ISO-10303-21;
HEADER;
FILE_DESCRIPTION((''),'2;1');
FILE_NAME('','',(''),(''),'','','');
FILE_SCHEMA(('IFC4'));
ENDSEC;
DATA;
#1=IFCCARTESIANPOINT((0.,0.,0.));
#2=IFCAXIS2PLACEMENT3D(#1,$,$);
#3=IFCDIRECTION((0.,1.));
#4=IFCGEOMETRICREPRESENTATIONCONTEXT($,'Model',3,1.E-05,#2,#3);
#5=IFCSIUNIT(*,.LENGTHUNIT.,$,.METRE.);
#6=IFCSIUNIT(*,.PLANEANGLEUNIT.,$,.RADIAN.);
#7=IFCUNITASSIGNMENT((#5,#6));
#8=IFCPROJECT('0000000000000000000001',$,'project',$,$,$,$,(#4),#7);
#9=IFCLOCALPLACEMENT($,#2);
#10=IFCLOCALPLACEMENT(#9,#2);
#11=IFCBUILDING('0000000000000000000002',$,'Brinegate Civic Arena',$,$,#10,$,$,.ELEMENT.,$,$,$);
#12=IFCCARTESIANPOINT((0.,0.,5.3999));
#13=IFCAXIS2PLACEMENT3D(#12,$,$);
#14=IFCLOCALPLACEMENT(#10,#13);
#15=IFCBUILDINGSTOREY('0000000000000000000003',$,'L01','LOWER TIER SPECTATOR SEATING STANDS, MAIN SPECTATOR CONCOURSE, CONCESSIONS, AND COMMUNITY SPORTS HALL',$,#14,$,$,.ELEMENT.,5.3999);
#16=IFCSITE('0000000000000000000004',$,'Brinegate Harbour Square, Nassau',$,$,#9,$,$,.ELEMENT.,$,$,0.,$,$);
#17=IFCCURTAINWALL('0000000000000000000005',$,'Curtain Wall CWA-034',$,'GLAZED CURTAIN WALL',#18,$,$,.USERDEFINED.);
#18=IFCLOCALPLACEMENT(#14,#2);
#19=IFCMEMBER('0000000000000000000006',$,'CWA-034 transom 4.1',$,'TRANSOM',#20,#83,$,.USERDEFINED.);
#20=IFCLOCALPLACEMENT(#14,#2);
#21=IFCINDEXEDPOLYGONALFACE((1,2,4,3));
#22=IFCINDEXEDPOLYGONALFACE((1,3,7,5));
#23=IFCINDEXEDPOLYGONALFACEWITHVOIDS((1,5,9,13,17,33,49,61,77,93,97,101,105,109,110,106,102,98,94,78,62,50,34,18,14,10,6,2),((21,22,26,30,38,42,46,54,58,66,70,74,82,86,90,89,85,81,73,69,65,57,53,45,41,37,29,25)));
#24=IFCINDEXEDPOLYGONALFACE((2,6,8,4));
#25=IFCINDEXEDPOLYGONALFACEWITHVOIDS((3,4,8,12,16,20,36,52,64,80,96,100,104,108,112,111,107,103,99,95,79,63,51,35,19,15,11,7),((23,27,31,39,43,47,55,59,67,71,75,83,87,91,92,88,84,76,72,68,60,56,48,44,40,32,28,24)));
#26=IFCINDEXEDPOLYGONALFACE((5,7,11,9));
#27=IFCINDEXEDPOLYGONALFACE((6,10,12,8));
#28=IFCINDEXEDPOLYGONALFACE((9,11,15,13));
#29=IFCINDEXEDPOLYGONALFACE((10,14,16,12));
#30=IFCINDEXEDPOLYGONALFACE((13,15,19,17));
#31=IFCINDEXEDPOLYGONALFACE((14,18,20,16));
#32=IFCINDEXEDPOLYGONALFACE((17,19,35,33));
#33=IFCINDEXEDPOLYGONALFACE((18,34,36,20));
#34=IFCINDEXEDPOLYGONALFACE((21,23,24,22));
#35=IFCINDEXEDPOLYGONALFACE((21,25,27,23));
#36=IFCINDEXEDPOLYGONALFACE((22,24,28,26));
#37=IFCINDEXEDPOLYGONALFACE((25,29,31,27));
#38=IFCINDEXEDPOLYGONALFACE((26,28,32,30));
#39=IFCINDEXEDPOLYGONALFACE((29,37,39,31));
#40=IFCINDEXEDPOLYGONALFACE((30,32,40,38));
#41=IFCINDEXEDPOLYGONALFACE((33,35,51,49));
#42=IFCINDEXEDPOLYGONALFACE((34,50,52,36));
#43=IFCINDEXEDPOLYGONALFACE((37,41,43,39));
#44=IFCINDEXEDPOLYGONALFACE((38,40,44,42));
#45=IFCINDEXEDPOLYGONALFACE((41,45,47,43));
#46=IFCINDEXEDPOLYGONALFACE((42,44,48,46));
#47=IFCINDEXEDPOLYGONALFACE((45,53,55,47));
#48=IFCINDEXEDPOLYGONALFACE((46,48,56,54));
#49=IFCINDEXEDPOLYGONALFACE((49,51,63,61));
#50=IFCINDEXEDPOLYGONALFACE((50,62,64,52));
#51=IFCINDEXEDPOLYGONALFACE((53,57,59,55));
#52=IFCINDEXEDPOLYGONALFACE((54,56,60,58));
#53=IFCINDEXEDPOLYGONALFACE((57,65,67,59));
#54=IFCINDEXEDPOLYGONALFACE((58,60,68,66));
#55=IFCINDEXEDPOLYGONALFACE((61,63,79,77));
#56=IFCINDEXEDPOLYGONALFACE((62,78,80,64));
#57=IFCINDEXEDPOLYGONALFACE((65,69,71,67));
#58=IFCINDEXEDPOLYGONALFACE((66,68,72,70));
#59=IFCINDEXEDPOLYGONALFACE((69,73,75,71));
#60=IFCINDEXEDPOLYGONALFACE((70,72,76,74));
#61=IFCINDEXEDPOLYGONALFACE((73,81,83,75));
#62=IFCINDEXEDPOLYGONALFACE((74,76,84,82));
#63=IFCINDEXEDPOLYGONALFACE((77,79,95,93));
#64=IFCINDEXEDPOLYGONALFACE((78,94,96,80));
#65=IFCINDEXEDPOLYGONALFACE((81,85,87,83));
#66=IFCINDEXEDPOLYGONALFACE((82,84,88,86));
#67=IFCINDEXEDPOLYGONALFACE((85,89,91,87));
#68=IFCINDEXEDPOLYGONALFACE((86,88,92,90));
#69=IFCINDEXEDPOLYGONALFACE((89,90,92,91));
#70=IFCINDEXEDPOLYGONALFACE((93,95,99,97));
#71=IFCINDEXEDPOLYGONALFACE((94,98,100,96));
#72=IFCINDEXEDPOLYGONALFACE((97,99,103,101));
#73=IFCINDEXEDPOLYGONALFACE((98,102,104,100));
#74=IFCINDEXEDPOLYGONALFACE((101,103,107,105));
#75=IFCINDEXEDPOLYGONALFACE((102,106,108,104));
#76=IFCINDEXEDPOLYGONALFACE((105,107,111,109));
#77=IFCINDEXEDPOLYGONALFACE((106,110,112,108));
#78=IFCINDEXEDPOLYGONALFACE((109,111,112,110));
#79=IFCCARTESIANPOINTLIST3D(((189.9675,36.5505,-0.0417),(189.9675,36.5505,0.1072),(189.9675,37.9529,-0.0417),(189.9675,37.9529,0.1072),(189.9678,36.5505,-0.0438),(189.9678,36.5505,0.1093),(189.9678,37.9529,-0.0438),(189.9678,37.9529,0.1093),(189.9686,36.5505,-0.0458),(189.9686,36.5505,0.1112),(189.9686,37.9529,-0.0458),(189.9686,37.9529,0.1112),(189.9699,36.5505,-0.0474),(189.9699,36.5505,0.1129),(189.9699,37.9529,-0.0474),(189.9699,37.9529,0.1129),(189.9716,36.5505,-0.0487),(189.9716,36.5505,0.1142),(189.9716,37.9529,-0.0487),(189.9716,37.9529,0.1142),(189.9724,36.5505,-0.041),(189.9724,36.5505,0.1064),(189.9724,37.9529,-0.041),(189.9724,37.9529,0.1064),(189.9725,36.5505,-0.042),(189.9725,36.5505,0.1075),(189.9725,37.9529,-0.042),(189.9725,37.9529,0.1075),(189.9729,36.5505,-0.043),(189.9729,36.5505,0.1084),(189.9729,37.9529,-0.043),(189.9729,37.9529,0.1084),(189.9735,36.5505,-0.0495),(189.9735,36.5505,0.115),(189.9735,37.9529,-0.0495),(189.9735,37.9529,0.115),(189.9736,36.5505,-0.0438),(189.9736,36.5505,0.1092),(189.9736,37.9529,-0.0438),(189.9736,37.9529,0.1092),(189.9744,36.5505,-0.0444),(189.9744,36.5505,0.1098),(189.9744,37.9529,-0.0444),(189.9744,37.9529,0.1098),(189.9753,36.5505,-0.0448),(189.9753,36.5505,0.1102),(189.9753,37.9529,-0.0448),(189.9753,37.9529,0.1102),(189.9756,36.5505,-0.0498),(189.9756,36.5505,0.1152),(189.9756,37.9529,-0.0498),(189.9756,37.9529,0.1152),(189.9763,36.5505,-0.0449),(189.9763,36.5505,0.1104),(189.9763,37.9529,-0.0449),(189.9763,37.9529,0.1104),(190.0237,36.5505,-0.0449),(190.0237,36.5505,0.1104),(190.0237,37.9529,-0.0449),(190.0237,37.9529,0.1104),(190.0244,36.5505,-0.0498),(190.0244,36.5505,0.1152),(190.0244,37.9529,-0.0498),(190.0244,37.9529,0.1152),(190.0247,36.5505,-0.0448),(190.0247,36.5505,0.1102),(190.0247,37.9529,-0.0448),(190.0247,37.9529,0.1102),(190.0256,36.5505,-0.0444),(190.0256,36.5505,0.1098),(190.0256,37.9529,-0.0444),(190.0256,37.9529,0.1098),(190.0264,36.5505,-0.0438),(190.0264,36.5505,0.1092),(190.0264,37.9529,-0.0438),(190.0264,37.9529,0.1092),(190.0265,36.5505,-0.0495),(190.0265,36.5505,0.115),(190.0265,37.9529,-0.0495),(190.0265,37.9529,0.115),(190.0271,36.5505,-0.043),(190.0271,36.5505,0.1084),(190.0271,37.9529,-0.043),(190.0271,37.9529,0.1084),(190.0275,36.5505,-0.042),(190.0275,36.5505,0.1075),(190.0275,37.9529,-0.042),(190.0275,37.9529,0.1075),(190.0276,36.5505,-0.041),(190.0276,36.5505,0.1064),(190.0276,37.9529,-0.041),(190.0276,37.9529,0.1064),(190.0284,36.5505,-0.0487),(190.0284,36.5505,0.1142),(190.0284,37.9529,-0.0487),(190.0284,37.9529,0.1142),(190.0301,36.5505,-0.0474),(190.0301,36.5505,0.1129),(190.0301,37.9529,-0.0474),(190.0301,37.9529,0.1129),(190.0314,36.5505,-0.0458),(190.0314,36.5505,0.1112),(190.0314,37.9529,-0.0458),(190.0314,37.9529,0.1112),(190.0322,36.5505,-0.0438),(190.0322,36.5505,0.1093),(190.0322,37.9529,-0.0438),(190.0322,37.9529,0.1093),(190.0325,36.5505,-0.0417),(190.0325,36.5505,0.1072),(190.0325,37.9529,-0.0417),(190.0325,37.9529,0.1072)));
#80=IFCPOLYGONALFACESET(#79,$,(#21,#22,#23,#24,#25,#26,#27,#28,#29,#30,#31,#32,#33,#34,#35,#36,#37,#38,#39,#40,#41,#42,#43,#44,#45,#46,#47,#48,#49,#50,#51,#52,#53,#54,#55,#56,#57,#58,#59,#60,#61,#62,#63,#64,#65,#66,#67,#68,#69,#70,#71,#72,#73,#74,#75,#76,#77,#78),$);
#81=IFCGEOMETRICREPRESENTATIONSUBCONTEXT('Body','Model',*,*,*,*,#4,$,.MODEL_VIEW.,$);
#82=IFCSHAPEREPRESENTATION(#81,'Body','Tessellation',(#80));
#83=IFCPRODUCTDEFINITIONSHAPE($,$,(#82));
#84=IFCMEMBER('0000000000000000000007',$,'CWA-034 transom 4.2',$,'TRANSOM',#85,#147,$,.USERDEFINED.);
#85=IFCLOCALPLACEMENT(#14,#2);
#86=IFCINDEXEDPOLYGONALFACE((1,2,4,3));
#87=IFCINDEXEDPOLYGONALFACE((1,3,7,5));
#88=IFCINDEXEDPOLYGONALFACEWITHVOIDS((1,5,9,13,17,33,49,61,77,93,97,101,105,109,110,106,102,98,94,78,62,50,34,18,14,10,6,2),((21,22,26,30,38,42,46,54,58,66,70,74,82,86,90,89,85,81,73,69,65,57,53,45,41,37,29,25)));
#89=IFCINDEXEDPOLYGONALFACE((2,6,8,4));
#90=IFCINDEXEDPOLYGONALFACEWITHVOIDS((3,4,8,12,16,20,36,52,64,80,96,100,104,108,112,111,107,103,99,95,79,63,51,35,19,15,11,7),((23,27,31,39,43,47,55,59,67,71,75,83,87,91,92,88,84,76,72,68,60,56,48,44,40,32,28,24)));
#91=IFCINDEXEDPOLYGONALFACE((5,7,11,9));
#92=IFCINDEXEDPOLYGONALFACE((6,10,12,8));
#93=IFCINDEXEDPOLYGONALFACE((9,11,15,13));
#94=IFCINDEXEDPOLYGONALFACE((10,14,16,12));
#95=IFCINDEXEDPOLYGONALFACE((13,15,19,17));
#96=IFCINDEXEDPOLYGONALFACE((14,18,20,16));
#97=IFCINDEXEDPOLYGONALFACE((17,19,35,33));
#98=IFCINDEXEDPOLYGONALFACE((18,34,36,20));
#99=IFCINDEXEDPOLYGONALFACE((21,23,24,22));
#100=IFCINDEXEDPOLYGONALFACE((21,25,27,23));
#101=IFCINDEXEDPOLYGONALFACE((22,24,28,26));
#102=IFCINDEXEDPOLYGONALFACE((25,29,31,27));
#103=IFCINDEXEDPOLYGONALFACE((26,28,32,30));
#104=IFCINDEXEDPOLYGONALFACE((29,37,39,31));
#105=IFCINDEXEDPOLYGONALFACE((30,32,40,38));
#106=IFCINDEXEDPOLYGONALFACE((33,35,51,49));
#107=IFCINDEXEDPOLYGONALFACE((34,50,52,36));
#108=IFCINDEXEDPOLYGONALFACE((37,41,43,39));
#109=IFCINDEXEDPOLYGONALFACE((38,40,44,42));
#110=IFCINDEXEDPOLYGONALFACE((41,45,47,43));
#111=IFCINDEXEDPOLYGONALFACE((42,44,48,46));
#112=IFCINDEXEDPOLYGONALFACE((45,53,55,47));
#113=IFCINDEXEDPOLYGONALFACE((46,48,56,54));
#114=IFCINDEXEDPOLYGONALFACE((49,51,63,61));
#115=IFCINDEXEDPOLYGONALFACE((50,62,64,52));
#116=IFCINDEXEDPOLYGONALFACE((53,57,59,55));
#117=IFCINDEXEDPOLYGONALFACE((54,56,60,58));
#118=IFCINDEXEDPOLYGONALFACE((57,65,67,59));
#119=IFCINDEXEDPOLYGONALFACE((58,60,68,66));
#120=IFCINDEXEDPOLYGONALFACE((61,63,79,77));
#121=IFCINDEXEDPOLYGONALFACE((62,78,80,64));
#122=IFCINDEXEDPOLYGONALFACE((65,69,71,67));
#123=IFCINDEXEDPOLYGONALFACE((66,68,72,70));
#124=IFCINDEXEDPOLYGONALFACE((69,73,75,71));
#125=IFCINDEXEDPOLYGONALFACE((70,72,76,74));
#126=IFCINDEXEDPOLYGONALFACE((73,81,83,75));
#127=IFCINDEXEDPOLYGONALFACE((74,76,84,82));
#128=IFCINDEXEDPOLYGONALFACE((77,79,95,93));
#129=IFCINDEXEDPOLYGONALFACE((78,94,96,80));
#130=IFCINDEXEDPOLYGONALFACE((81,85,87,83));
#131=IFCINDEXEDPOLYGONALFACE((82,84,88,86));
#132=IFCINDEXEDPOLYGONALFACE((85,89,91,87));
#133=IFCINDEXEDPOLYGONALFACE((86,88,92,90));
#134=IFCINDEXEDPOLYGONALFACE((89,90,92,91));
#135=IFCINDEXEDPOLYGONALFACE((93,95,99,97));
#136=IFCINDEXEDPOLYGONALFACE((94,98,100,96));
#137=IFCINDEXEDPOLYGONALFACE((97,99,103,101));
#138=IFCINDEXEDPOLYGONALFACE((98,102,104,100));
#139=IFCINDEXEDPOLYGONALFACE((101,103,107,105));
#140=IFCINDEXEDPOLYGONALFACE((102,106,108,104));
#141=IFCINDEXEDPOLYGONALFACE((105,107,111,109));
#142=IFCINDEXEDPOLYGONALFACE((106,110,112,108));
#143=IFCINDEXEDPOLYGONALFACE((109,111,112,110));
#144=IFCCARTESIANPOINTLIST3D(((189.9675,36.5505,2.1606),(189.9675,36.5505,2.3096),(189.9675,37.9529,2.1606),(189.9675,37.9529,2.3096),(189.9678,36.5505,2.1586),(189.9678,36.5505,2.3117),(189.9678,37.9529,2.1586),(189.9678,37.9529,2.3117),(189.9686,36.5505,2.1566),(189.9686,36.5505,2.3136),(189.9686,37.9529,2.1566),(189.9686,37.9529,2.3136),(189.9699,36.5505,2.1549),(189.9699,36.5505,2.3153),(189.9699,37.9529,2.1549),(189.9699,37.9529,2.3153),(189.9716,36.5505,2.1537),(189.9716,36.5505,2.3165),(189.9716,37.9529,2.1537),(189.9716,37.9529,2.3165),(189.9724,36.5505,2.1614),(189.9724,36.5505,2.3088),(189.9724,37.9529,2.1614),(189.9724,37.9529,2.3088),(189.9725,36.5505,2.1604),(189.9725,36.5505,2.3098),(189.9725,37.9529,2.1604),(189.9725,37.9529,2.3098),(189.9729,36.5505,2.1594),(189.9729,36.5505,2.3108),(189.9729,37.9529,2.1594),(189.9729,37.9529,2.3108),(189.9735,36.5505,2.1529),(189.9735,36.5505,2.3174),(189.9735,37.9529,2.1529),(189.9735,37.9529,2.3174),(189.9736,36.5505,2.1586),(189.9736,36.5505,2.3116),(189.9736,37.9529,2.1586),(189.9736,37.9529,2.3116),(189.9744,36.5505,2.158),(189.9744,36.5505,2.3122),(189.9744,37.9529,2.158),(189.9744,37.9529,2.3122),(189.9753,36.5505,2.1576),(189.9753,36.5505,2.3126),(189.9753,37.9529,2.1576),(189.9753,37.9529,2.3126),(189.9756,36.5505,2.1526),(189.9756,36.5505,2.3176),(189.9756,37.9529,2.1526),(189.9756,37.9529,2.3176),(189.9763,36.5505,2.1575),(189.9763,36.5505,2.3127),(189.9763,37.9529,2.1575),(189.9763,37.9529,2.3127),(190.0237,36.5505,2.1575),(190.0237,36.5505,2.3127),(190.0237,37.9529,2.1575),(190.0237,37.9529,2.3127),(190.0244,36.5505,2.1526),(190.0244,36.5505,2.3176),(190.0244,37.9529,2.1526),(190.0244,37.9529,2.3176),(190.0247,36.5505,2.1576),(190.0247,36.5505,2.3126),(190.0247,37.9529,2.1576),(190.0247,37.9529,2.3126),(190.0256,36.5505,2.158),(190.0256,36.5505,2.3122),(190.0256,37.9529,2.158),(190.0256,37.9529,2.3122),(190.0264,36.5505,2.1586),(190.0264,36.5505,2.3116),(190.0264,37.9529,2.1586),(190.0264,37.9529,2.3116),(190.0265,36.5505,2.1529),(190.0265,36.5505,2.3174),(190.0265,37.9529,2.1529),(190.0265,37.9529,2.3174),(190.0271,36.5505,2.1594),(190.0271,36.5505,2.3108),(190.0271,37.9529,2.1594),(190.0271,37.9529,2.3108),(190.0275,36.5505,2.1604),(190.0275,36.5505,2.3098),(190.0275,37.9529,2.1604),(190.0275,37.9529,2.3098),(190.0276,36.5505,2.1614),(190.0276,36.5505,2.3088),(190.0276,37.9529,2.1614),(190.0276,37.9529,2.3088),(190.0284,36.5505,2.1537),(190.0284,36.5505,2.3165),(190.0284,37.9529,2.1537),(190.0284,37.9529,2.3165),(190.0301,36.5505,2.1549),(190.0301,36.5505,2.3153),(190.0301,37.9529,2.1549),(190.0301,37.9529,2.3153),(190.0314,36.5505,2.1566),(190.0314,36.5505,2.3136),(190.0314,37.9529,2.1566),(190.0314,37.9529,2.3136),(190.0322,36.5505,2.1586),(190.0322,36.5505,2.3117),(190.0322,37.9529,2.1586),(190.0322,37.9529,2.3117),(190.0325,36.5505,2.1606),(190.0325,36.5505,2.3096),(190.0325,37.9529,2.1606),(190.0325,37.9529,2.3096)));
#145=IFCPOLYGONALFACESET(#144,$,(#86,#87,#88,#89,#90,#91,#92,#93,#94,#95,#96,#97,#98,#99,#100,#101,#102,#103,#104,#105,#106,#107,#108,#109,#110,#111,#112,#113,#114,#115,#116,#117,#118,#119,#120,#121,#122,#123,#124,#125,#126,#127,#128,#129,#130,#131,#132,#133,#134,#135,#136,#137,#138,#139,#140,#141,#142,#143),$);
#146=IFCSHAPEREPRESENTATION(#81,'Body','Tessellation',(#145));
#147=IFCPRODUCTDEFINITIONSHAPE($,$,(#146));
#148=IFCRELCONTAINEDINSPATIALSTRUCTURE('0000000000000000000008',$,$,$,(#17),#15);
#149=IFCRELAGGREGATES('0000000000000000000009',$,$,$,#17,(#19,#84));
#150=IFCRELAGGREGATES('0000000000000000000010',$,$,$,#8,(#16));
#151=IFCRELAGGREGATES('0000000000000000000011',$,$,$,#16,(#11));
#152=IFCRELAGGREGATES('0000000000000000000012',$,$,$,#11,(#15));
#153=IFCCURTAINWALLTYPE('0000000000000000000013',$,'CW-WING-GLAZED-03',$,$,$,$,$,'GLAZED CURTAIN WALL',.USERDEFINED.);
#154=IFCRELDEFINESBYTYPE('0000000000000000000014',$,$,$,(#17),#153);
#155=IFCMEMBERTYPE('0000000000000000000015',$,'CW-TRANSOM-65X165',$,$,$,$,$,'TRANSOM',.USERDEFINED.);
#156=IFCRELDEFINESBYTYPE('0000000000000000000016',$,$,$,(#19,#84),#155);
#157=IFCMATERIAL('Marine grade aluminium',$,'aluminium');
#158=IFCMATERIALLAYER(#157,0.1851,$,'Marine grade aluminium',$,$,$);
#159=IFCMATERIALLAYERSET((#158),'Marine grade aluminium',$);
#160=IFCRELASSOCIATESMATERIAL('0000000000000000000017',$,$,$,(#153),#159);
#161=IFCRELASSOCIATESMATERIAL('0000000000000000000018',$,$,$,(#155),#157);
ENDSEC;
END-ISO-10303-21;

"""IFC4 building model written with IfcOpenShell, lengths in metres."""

from ifc_helpers import new_model, si_unit, direction, frame, origin, origin_2d, place, context, subcontext, project, spatial, hollow_rectangle, extrude, material, layer, layer_set, material_profile, profile_set, type_object, element, aggregate, save


model = new_model("IFC4")

# Units and contexts
model_context = context("Model", 3, precision=1e-05, world=origin(), true_north=direction((0.0, 1.0)))
body_context = subcontext(model_context, "Body", "Model", "MODEL_VIEW")
ifc_project = project(units=[si_unit("LENGTHUNIT", "METRE"), si_unit("PLANEANGLEUNIT", "RADIAN")], contexts=[model_context])

# Site, building, storey
site_placement = place(None, origin())
site = spatial("IfcSite", under=ifc_project, at=site_placement, Name="Brinegate Harbour Square, Nassau", CompositionType="ELEMENT", RefElevation=0.0)
building_placement = place(site_placement, origin())
building = spatial("IfcBuilding", under=site, at=building_placement, Name="Brinegate Civic Arena", CompositionType="ELEMENT")
storey_placement = place(building_placement, frame((0.0, 0.0, 5.3999)))
storey = spatial("IfcBuildingStorey", under=building, at=storey_placement, Name="L01", Description="LOWER TIER SPECTATOR SEATING STANDS, MAIN SPECTATOR CONCOURSE, CONCESSIONS, AND COMMUNITY SPORTS HALL", CompositionType="ELEMENT", Elevation=5.3999)

# Curtain wall, members
ifc_material_1 = material(Name="Marine grade aluminium", Category="aluminium")
ifc_layer_1 = layer(ifc_material_1, 0.1851, Name="Marine grade aluminium")
ifc_layer_set_1 = layer_set([ifc_layer_1], Name="Marine grade aluminium")
curtain_wall_type = type_object("IfcCurtainWallType", Name="CW-WING-GLAZED-03", ElementType="GLAZED CURTAIN WALL", PredefinedType="USERDEFINED", material=ifc_layer_set_1)
curtain_wall_placement = place(storey_placement, origin())
curtain_wall = element("IfcCurtainWall", 1, at=curtain_wall_placement, inside=storey, type_object=curtain_wall_type, Name="Curtain Wall CWA-034", ObjectType="GLAZED CURTAIN WALL", PredefinedType="USERDEFINED")
ifc_material_profile_1 = material_profile(ifc_material_1, hollow_rectangle(XDim=0.0649, YDim=0.165, WallThickness=0.0049, InnerFilletRadius=0.0039, OuterFilletRadius=0.0081, at=origin_2d()), Name="TRN65X165")
ifc_profile_set_1 = profile_set([ifc_material_profile_1], Name="Marine grade aluminium")
member_type_1 = type_object("IfcMemberType", Name="CW-TRANSOM-65X165", ElementType="TRANSOM", PredefinedType="USERDEFINED", material=ifc_profile_set_1)
member_1_placement = place(storey_placement, frame((190.0, 36.5505, 0.0327), z_axis=(0.0, 1.0, 0.0), x_axis=(-1.0, 0.0, 0.0)))
member_1 = element("IfcMember", 2, at=member_1_placement, type_object=member_type_1, Name="CWA-034 transom 4.1", ObjectType="TRANSOM", PredefinedType="USERDEFINED", context=body_context, shape_type="SweptSolid", body=[
    extrude(hollow_rectangle(XDim=0.0649, YDim=0.165, WallThickness=0.0049, InnerFilletRadius=0.0039, OuterFilletRadius=0.0081, at=origin_2d()), origin(), (0.0, 0.0, 1.0), 1.4023),
])
member_2_placement = place(storey_placement, frame((190.0, 36.5505, 2.2351), z_axis=(0.0, 1.0, 0.0), x_axis=(-1.0, 0.0, 0.0)))
member_2 = element("IfcMember", 3, at=member_2_placement, type_object=member_type_1, Name="CWA-034 transom 4.2", ObjectType="TRANSOM", PredefinedType="USERDEFINED", context=body_context, shape_type="SweptSolid", body=[
    extrude(hollow_rectangle(XDim=0.0649, YDim=0.165, WallThickness=0.0049, InnerFilletRadius=0.0039, OuterFilletRadius=0.0081, at=origin_2d()), origin(), (0.0, 0.0, 1.0), 1.4023),
])
aggregate(curtain_wall, [member_1, member_2])

save(model, "model.ifc")
